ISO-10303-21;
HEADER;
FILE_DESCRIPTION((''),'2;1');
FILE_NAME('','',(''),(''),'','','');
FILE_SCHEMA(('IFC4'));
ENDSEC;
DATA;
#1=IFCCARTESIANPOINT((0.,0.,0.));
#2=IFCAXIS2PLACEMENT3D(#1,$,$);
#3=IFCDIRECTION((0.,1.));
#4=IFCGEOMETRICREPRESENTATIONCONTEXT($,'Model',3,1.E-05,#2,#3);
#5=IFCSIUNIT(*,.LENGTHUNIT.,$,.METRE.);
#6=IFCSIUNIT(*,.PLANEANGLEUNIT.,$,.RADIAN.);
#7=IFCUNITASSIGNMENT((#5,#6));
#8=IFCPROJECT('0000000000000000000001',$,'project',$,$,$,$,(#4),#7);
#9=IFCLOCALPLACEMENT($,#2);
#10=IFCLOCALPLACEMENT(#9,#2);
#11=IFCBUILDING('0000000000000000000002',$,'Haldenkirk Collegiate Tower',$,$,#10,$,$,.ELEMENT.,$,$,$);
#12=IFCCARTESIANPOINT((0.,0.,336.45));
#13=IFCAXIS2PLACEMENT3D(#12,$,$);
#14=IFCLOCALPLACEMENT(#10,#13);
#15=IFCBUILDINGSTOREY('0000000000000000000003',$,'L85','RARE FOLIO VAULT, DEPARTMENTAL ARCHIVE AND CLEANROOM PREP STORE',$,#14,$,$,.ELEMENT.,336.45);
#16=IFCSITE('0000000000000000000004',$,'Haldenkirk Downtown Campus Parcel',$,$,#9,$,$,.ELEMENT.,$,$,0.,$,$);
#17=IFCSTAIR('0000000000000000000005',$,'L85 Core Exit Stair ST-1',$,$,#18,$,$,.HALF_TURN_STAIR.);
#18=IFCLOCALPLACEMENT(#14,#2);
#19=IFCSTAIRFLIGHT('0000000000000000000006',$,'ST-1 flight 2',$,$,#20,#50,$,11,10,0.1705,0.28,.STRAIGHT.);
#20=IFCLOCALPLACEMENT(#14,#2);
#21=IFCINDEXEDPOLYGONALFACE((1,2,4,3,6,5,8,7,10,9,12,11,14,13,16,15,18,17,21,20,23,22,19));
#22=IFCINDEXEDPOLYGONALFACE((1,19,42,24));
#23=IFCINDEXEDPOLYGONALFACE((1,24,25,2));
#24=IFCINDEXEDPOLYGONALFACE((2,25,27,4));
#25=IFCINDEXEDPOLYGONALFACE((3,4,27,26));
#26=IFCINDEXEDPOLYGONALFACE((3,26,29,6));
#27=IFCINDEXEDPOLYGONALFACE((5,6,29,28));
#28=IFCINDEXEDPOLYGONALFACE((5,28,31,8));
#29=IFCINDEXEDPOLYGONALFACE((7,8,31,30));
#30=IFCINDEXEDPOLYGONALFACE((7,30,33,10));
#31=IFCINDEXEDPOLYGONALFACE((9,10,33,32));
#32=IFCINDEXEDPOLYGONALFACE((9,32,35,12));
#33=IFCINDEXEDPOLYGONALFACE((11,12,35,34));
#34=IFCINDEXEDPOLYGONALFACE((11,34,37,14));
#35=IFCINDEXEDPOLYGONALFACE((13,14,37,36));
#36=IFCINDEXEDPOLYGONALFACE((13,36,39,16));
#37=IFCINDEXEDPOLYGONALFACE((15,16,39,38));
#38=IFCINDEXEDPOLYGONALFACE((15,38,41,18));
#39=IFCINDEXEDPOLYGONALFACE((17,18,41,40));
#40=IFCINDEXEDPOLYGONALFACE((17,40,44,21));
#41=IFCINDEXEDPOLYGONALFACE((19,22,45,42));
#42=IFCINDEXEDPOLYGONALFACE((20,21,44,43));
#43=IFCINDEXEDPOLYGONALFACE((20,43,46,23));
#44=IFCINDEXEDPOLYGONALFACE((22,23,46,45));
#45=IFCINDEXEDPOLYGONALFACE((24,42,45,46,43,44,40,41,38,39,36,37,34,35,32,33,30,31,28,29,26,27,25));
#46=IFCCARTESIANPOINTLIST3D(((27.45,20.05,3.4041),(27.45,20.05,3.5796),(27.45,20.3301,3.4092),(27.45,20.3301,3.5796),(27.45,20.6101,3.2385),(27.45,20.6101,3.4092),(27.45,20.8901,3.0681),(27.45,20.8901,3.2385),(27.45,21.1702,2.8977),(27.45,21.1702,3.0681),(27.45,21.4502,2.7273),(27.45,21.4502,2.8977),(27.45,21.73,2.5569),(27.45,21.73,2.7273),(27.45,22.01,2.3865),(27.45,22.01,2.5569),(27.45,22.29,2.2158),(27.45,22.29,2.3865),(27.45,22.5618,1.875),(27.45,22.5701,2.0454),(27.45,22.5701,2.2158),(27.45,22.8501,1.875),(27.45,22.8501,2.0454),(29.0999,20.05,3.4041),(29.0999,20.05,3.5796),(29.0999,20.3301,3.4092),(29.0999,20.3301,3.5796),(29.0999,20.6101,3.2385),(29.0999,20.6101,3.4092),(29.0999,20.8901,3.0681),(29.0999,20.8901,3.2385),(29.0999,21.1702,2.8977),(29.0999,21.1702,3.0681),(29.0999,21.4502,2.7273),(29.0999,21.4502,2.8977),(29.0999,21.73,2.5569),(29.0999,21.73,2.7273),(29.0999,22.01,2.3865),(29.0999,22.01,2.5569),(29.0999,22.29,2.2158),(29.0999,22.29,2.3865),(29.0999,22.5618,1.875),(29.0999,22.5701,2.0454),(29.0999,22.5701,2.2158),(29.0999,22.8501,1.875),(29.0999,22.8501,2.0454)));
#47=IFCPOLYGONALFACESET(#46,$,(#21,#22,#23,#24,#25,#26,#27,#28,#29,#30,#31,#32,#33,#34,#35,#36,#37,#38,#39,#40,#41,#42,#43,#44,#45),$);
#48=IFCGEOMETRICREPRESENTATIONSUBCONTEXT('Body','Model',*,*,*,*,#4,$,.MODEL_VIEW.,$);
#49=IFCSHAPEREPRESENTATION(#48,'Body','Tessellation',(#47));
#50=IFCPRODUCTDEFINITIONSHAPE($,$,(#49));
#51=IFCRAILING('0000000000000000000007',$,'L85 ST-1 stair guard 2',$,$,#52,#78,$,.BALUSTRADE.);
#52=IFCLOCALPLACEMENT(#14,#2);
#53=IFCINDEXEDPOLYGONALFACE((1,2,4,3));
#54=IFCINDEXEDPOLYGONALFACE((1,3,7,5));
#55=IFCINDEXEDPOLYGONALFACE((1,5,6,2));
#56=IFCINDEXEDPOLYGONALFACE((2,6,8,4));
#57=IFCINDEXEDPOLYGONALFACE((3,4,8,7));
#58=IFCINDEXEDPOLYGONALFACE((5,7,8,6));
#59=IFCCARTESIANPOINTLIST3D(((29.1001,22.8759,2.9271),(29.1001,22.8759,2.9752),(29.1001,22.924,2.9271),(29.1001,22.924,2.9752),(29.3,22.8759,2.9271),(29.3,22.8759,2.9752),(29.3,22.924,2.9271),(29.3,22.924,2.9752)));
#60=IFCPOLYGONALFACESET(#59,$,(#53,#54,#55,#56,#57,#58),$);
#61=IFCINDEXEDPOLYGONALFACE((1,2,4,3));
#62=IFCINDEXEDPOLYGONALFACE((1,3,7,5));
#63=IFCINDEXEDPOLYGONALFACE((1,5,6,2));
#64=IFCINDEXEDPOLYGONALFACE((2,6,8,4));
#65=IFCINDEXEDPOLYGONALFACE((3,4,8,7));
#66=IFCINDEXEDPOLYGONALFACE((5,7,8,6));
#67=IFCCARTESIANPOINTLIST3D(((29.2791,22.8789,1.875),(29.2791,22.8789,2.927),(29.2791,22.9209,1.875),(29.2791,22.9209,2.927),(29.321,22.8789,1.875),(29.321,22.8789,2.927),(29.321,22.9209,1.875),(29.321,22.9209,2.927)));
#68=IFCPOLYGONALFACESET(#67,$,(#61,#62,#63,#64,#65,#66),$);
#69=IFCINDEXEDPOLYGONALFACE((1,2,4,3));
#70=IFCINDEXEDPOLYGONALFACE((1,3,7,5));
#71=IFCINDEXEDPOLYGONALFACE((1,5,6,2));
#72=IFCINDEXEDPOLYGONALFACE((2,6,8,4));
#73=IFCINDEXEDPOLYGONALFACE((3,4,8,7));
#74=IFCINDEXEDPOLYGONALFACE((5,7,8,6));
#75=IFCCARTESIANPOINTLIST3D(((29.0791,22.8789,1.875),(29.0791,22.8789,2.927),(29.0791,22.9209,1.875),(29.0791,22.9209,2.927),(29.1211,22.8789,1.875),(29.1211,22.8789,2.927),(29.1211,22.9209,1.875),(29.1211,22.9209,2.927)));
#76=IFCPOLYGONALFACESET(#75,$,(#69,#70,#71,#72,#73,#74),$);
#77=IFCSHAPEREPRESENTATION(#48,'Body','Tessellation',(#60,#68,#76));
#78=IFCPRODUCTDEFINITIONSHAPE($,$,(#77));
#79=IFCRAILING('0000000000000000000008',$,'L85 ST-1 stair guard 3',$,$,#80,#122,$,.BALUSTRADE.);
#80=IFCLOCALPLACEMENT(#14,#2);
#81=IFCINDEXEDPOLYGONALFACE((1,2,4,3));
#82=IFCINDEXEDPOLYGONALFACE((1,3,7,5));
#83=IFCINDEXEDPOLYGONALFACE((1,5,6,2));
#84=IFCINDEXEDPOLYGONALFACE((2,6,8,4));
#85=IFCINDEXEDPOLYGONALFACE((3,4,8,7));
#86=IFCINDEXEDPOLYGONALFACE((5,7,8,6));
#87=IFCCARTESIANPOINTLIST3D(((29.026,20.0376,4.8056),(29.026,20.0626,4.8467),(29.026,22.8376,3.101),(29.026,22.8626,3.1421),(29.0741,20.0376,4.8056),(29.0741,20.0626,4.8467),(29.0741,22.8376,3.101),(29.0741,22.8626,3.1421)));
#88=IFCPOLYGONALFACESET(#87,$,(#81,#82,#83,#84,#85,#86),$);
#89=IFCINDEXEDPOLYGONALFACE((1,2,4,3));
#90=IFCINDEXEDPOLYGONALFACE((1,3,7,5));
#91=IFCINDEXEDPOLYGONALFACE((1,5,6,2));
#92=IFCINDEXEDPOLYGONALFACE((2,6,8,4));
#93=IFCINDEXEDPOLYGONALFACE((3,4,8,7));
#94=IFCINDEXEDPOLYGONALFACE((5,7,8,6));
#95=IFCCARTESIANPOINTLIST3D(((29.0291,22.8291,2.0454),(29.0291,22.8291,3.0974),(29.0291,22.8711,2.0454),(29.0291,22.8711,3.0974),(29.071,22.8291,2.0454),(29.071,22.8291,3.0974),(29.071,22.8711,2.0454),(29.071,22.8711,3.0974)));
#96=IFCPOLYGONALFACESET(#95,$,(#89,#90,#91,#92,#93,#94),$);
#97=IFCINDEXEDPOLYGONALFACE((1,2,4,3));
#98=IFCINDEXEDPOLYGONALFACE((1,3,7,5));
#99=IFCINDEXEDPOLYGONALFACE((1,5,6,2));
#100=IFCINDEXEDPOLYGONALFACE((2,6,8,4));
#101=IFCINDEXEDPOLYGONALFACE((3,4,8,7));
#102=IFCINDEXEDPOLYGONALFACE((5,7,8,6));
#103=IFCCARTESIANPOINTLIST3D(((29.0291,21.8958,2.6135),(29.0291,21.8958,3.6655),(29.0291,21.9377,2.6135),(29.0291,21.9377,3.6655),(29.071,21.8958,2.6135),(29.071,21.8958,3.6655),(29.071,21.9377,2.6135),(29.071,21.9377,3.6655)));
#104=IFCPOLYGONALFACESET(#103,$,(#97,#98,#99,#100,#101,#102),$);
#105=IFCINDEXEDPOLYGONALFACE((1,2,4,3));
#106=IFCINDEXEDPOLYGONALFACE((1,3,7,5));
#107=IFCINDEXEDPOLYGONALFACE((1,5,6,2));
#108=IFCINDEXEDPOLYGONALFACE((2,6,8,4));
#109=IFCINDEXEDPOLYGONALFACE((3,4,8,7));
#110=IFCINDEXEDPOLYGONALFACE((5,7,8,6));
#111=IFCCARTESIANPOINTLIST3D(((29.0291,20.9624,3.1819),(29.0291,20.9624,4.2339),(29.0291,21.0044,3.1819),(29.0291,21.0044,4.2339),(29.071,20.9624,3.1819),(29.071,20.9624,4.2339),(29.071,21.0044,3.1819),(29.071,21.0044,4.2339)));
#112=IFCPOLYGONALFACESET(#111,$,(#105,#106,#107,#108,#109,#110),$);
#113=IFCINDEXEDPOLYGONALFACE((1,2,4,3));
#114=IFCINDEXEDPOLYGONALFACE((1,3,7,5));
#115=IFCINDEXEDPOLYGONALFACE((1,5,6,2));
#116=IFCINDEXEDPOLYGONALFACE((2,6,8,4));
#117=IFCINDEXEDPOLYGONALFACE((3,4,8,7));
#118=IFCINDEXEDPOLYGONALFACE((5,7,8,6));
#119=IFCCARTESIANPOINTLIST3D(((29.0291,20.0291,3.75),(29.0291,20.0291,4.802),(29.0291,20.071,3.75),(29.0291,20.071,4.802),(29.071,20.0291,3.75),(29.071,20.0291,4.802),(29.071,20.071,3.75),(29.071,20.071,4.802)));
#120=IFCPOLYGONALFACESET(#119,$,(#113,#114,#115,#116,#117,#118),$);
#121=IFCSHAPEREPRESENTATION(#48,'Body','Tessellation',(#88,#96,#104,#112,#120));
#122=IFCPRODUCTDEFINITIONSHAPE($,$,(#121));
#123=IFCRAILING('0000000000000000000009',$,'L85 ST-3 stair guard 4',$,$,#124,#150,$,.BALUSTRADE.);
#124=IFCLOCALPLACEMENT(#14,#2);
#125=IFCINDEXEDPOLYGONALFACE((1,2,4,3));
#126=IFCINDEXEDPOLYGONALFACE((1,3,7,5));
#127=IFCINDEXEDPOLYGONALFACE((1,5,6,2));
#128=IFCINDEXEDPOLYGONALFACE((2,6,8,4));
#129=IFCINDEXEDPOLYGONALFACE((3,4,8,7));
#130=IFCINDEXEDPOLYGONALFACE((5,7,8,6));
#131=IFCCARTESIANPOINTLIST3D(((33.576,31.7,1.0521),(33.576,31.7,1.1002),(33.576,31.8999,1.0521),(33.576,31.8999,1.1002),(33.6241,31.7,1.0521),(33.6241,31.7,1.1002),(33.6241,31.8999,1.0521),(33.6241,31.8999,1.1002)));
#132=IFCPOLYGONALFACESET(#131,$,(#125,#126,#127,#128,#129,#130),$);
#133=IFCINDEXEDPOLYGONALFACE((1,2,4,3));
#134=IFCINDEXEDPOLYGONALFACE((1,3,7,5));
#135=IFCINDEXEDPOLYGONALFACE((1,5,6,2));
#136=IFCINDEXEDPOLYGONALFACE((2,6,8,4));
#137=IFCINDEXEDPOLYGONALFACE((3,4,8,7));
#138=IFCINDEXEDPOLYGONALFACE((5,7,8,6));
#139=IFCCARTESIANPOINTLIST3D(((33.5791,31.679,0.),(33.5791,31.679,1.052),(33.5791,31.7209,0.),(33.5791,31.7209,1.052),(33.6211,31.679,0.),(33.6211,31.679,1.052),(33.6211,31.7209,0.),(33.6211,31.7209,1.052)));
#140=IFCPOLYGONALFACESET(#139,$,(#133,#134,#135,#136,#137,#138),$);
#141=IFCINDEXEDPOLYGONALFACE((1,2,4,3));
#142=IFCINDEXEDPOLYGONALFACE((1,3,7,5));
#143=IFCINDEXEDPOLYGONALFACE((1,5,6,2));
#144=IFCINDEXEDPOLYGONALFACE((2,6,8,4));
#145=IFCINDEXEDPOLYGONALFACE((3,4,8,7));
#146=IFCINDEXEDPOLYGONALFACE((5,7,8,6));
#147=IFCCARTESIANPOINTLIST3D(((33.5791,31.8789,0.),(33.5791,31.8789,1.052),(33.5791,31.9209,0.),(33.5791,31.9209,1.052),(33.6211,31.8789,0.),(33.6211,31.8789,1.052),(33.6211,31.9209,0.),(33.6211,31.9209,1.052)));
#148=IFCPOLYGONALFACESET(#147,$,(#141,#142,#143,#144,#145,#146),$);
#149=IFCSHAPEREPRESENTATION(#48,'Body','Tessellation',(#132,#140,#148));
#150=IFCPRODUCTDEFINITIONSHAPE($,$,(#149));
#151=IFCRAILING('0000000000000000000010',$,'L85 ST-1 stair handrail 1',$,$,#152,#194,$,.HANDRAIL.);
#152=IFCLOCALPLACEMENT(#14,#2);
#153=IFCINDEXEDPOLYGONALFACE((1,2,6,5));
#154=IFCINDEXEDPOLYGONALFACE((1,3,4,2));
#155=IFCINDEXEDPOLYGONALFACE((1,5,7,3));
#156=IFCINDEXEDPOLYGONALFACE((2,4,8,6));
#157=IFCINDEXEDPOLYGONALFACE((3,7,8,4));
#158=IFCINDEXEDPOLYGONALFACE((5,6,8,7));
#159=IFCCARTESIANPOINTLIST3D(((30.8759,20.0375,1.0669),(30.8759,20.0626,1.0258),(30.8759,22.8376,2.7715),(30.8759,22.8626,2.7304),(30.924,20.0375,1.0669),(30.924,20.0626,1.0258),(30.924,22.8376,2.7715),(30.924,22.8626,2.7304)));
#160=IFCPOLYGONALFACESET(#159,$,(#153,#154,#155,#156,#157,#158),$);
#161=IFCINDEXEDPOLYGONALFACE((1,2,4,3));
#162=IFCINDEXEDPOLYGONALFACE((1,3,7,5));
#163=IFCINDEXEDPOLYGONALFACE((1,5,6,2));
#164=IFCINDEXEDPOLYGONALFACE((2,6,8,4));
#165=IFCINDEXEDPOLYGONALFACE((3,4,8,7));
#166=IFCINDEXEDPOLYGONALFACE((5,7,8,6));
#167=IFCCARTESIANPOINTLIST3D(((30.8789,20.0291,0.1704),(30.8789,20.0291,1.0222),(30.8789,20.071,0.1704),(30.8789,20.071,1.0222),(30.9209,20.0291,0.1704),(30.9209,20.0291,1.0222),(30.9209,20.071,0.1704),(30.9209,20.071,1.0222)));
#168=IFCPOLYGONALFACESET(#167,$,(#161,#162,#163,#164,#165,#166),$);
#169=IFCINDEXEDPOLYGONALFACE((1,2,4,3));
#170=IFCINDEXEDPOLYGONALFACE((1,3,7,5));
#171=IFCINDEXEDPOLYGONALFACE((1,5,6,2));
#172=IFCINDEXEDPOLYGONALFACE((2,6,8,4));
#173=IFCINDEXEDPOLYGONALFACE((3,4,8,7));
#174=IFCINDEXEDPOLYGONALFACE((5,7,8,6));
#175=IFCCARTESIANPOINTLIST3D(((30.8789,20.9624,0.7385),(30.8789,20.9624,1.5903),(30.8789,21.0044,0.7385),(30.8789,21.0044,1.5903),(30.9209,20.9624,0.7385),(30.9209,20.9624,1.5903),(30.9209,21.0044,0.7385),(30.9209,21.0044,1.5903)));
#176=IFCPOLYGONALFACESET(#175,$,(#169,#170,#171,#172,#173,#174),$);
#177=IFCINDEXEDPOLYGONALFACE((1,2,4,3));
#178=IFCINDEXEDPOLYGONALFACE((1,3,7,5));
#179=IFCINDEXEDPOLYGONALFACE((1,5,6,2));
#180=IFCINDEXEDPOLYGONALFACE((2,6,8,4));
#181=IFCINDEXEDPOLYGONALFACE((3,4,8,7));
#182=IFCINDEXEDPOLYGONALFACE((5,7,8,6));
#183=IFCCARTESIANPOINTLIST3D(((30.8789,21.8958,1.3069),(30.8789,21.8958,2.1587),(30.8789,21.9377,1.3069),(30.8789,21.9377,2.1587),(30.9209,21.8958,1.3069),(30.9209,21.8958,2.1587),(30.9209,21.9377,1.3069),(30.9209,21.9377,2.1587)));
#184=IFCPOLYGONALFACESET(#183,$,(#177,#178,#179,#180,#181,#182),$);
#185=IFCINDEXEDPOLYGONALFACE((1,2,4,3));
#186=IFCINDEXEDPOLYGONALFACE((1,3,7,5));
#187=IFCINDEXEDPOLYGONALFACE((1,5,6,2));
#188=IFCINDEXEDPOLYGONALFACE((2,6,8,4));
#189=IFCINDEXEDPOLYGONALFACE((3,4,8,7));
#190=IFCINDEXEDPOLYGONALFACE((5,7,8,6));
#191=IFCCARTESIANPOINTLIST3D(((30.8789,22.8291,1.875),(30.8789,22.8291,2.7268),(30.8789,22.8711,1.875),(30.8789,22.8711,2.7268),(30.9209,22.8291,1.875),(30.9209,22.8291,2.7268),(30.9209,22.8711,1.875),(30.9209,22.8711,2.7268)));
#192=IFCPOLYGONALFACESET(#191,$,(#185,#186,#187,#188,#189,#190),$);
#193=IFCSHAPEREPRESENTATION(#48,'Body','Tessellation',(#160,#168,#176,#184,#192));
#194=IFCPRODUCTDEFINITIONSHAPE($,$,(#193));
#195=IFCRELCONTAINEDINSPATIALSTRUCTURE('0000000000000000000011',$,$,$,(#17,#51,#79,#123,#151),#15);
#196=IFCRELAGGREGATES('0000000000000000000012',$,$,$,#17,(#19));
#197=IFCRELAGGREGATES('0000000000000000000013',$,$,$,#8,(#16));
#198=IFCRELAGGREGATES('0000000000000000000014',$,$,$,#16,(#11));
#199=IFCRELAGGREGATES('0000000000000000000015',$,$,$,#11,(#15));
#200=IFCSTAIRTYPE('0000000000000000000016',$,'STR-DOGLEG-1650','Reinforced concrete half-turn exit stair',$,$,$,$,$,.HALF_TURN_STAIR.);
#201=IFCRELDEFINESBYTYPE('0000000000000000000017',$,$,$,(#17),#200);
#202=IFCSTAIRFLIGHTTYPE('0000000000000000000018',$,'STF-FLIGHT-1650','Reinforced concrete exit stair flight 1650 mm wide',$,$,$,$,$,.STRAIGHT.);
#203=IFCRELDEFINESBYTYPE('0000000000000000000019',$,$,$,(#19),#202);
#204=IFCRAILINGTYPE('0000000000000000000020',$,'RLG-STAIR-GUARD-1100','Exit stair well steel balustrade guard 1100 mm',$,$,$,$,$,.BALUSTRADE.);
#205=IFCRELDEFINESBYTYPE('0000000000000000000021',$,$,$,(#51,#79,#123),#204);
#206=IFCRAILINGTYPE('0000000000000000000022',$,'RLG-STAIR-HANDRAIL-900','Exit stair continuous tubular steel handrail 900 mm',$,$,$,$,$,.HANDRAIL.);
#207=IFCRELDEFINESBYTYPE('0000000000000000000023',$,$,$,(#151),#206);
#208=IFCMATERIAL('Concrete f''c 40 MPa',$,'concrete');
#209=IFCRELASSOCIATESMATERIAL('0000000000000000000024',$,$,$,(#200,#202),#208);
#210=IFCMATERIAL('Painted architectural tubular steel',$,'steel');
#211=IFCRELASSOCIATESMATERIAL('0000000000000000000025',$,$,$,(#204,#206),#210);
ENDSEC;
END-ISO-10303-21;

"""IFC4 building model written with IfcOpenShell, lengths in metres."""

from ifc_helpers import new_model, si_unit, direction, frame, origin, origin_2d, place, context, subcontext, project, spatial, polyline, rectangle, outline, extrude, material, type_object, element, aggregate, save


model = new_model("IFC4")

# Units and contexts
model_context = context("Model", 3, precision=1e-05, world=origin(), true_north=direction((0.0, 1.0)))
body_context = subcontext(model_context, "Body", "Model", "MODEL_VIEW")
ifc_project = project(units=[si_unit("LENGTHUNIT", "METRE"), si_unit("PLANEANGLEUNIT", "RADIAN")], contexts=[model_context])

# Site, building, storey
site_placement = place(None, origin())
site = spatial("IfcSite", under=ifc_project, at=site_placement, Name="Haldenkirk Downtown Campus Parcel", CompositionType="ELEMENT", RefElevation=0.0)
building_placement = place(site_placement, origin())
building = spatial("IfcBuilding", under=site, at=building_placement, Name="Haldenkirk Collegiate Tower", CompositionType="ELEMENT")
storey_placement = place(building_placement, frame((0.0, 0.0, 336.45)))
storey = spatial("IfcBuildingStorey", under=building, at=storey_placement, Name="L85", Description="RARE FOLIO VAULT, DEPARTMENTAL ARCHIVE AND CLEANROOM PREP STORE", CompositionType="ELEMENT", Elevation=336.45)

# Stair, stair flight
ifc_material_1 = material(Name="Concrete f'c 40 MPa", Category="concrete")
stair_type = type_object("IfcStairType", Name="STR-DOGLEG-1650", Description="Reinforced concrete half-turn exit stair", PredefinedType="HALF_TURN_STAIR", material=ifc_material_1)
stair_placement = place(storey_placement, origin())
stair = element("IfcStair", 1, at=stair_placement, inside=storey, type_object=stair_type, Name="L85 Core Exit Stair ST-1", PredefinedType="HALF_TURN_STAIR")
stair_flight_type = type_object("IfcStairFlightType", Name="STF-FLIGHT-1650", Description="Reinforced concrete exit stair flight 1650 mm wide", PredefinedType="STRAIGHT", material=ifc_material_1)
stair_flight_placement = place(storey_placement, frame((28.2749, 22.8501, 1.875), z_axis=(0.0, 0.0, 1.0), x_axis=(0.0, -1.0, 0.0)))
stair_flight = element("IfcStairFlight", 2, at=stair_flight_placement, type_object=stair_flight_type, Name="ST-1 flight 2", NumberOfRisers=11, NumberOfTreads=10, PredefinedType="STRAIGHT", RiserHeight=0.1705, TreadLength=0.28, context=body_context, shape_type="SweptSolid", body=[
    extrude(outline(polyline([(0.0, 0.0), (0.0, 0.1704), (0.28, 0.1704), (0.28, 0.3408), (0.5601, 0.3408), (0.5601, 0.5115), (0.8401, 0.5115), (0.8401, 0.6819), (1.1201, 0.6819), (1.1201, 0.8523), (1.3999, 0.8523), (1.3999, 1.0227), (1.6799, 1.0227), (1.6799, 1.1931), (1.96, 1.1931), (1.96, 1.3635), (2.24, 1.3635), (2.24, 1.5342), (2.52, 1.5342), (2.52, 1.7046), (2.8, 1.7046), (2.8, 1.875), (2.8, 1.5291), (0.2883, 0.0), (0.0, 0.0)])), frame((0.0, 0.825, 0.0), z_axis=(0.0, -1.0, 0.0), x_axis=(1.0, 0.0, 0.0)), (0.0, 0.0, 1.0), 1.6499),
])
aggregate(stair, [stair_flight])

# Railings
ifc_material_2 = material(Name="Painted architectural tubular steel", Category="steel")
railing_type_1 = type_object("IfcRailingType", Name="RLG-STAIR-GUARD-1100", Description="Exit stair well steel balustrade guard 1100 mm", PredefinedType="BALUSTRADE", material=ifc_material_2)
railing_1_placement = place(storey_placement, frame((29.3, 22.8999, 1.875)))
element("IfcRailing", 3, at=railing_1_placement, inside=storey, type_object=railing_type_1, Name="L85 ST-1 stair guard 2", PredefinedType="BALUSTRADE", context=body_context, shape_type="SweptSolid", body=[
    extrude(rectangle(XDim=0.0481, YDim=0.0481, at=origin_2d()), frame((0.0, 0.0, 1.0762), z_axis=(-1.0, 0.0, 0.0), x_axis=(0.0, -1.0, 0.0)), (0.0, 0.0, 1.0), 0.2),
    extrude(rectangle(XDim=0.042, YDim=0.042, at=origin_2d()), origin(), (0.0, 0.0, 1.0), 1.052),
    extrude(rectangle(XDim=0.042, YDim=0.042, at=origin_2d()), frame((-0.2, 0.0, 0.0)), (0.0, 0.0, 1.0), 1.052),
])
railing_2_placement = place(storey_placement, frame((29.05, 22.8501, 2.0454)))
element("IfcRailing", 4, at=railing_2_placement, inside=storey, type_object=railing_type_1, Name="L85 ST-1 stair guard 3", PredefinedType="BALUSTRADE", context=body_context, shape_type="SweptSolid", body=[
    extrude(rectangle(XDim=0.0481, YDim=0.0481, at=origin_2d()), frame((0.0, 0.0, 1.0762), z_axis=(0.0, -0.85417, 0.519994), x_axis=(1.0, 0.0, 0.0)), (0.0, 0.0, 1.0), 3.2781),
    extrude(rectangle(XDim=0.042, YDim=0.042, at=origin_2d()), origin(), (0.0, 0.0, 1.0), 1.052),
    extrude(rectangle(XDim=0.042, YDim=0.042, at=origin_2d()), frame((0.0, -0.9333, 0.5681)), (0.0, 0.0, 1.0), 1.052),
    extrude(rectangle(XDim=0.042, YDim=0.042, at=origin_2d()), frame((0.0, -1.8667, 1.1365)), (0.0, 0.0, 1.0), 1.052),
    extrude(rectangle(XDim=0.042, YDim=0.042, at=origin_2d()), frame((0.0, -2.8, 1.7046)), (0.0, 0.0, 1.0), 1.052),
])
railing_3_placement = place(storey_placement, frame((33.6001, 31.7, 0.0)))
element("IfcRailing", 5, at=railing_3_placement, inside=storey, type_object=railing_type_1, Name="L85 ST-3 stair guard 4", PredefinedType="BALUSTRADE", context=body_context, shape_type="SweptSolid", body=[
    extrude(rectangle(XDim=0.0481, YDim=0.0481, at=origin_2d()), frame((0.0, 0.0, 1.0762), z_axis=(0.0, 1.0, 0.0), x_axis=(-1.0, 0.0, 0.0)), (0.0, 0.0, 1.0), 0.2),
    extrude(rectangle(XDim=0.042, YDim=0.042, at=origin_2d()), origin(), (0.0, 0.0, 1.0), 1.052),
    extrude(rectangle(XDim=0.042, YDim=0.042, at=origin_2d()), frame((0.0, 0.2, 0.0)), (0.0, 0.0, 1.0), 1.052),
])
railing_type_2 = type_object("IfcRailingType", Name="RLG-STAIR-HANDRAIL-900", Description="Exit stair continuous tubular steel handrail 900 mm", PredefinedType="HANDRAIL", material=ifc_material_2)
railing_4_placement = place(storey_placement, frame((30.8999, 20.05, 0.1704)))
element("IfcRailing", 6, at=railing_4_placement, inside=storey, type_object=railing_type_2, Name="L85 ST-1 stair handrail 1", PredefinedType="HANDRAIL", context=body_context, shape_type="SweptSolid", body=[
    extrude(rectangle(XDim=0.0481, YDim=0.0481, at=origin_2d()), frame((0.0, 0.0, 0.876), z_axis=(0.0, 0.85417, 0.519994), x_axis=(-1.0, 0.0, 0.0)), (0.0, 0.0, 1.0), 3.2781),
    extrude(rectangle(XDim=0.042, YDim=0.042, at=origin_2d()), origin(), (0.0, 0.0, 1.0), 0.8518),
    extrude(rectangle(XDim=0.042, YDim=0.042, at=origin_2d()), frame((0.0, 0.9333, 0.5681)), (0.0, 0.0, 1.0), 0.8518),
    extrude(rectangle(XDim=0.042, YDim=0.042, at=origin_2d()), frame((0.0, 1.8667, 1.1365)), (0.0, 0.0, 1.0), 0.8518),
    extrude(rectangle(XDim=0.042, YDim=0.042, at=origin_2d()), frame((0.0, 2.8, 1.7046)), (0.0, 0.0, 1.0), 0.8518),
])

save(model, "model.ifc")
